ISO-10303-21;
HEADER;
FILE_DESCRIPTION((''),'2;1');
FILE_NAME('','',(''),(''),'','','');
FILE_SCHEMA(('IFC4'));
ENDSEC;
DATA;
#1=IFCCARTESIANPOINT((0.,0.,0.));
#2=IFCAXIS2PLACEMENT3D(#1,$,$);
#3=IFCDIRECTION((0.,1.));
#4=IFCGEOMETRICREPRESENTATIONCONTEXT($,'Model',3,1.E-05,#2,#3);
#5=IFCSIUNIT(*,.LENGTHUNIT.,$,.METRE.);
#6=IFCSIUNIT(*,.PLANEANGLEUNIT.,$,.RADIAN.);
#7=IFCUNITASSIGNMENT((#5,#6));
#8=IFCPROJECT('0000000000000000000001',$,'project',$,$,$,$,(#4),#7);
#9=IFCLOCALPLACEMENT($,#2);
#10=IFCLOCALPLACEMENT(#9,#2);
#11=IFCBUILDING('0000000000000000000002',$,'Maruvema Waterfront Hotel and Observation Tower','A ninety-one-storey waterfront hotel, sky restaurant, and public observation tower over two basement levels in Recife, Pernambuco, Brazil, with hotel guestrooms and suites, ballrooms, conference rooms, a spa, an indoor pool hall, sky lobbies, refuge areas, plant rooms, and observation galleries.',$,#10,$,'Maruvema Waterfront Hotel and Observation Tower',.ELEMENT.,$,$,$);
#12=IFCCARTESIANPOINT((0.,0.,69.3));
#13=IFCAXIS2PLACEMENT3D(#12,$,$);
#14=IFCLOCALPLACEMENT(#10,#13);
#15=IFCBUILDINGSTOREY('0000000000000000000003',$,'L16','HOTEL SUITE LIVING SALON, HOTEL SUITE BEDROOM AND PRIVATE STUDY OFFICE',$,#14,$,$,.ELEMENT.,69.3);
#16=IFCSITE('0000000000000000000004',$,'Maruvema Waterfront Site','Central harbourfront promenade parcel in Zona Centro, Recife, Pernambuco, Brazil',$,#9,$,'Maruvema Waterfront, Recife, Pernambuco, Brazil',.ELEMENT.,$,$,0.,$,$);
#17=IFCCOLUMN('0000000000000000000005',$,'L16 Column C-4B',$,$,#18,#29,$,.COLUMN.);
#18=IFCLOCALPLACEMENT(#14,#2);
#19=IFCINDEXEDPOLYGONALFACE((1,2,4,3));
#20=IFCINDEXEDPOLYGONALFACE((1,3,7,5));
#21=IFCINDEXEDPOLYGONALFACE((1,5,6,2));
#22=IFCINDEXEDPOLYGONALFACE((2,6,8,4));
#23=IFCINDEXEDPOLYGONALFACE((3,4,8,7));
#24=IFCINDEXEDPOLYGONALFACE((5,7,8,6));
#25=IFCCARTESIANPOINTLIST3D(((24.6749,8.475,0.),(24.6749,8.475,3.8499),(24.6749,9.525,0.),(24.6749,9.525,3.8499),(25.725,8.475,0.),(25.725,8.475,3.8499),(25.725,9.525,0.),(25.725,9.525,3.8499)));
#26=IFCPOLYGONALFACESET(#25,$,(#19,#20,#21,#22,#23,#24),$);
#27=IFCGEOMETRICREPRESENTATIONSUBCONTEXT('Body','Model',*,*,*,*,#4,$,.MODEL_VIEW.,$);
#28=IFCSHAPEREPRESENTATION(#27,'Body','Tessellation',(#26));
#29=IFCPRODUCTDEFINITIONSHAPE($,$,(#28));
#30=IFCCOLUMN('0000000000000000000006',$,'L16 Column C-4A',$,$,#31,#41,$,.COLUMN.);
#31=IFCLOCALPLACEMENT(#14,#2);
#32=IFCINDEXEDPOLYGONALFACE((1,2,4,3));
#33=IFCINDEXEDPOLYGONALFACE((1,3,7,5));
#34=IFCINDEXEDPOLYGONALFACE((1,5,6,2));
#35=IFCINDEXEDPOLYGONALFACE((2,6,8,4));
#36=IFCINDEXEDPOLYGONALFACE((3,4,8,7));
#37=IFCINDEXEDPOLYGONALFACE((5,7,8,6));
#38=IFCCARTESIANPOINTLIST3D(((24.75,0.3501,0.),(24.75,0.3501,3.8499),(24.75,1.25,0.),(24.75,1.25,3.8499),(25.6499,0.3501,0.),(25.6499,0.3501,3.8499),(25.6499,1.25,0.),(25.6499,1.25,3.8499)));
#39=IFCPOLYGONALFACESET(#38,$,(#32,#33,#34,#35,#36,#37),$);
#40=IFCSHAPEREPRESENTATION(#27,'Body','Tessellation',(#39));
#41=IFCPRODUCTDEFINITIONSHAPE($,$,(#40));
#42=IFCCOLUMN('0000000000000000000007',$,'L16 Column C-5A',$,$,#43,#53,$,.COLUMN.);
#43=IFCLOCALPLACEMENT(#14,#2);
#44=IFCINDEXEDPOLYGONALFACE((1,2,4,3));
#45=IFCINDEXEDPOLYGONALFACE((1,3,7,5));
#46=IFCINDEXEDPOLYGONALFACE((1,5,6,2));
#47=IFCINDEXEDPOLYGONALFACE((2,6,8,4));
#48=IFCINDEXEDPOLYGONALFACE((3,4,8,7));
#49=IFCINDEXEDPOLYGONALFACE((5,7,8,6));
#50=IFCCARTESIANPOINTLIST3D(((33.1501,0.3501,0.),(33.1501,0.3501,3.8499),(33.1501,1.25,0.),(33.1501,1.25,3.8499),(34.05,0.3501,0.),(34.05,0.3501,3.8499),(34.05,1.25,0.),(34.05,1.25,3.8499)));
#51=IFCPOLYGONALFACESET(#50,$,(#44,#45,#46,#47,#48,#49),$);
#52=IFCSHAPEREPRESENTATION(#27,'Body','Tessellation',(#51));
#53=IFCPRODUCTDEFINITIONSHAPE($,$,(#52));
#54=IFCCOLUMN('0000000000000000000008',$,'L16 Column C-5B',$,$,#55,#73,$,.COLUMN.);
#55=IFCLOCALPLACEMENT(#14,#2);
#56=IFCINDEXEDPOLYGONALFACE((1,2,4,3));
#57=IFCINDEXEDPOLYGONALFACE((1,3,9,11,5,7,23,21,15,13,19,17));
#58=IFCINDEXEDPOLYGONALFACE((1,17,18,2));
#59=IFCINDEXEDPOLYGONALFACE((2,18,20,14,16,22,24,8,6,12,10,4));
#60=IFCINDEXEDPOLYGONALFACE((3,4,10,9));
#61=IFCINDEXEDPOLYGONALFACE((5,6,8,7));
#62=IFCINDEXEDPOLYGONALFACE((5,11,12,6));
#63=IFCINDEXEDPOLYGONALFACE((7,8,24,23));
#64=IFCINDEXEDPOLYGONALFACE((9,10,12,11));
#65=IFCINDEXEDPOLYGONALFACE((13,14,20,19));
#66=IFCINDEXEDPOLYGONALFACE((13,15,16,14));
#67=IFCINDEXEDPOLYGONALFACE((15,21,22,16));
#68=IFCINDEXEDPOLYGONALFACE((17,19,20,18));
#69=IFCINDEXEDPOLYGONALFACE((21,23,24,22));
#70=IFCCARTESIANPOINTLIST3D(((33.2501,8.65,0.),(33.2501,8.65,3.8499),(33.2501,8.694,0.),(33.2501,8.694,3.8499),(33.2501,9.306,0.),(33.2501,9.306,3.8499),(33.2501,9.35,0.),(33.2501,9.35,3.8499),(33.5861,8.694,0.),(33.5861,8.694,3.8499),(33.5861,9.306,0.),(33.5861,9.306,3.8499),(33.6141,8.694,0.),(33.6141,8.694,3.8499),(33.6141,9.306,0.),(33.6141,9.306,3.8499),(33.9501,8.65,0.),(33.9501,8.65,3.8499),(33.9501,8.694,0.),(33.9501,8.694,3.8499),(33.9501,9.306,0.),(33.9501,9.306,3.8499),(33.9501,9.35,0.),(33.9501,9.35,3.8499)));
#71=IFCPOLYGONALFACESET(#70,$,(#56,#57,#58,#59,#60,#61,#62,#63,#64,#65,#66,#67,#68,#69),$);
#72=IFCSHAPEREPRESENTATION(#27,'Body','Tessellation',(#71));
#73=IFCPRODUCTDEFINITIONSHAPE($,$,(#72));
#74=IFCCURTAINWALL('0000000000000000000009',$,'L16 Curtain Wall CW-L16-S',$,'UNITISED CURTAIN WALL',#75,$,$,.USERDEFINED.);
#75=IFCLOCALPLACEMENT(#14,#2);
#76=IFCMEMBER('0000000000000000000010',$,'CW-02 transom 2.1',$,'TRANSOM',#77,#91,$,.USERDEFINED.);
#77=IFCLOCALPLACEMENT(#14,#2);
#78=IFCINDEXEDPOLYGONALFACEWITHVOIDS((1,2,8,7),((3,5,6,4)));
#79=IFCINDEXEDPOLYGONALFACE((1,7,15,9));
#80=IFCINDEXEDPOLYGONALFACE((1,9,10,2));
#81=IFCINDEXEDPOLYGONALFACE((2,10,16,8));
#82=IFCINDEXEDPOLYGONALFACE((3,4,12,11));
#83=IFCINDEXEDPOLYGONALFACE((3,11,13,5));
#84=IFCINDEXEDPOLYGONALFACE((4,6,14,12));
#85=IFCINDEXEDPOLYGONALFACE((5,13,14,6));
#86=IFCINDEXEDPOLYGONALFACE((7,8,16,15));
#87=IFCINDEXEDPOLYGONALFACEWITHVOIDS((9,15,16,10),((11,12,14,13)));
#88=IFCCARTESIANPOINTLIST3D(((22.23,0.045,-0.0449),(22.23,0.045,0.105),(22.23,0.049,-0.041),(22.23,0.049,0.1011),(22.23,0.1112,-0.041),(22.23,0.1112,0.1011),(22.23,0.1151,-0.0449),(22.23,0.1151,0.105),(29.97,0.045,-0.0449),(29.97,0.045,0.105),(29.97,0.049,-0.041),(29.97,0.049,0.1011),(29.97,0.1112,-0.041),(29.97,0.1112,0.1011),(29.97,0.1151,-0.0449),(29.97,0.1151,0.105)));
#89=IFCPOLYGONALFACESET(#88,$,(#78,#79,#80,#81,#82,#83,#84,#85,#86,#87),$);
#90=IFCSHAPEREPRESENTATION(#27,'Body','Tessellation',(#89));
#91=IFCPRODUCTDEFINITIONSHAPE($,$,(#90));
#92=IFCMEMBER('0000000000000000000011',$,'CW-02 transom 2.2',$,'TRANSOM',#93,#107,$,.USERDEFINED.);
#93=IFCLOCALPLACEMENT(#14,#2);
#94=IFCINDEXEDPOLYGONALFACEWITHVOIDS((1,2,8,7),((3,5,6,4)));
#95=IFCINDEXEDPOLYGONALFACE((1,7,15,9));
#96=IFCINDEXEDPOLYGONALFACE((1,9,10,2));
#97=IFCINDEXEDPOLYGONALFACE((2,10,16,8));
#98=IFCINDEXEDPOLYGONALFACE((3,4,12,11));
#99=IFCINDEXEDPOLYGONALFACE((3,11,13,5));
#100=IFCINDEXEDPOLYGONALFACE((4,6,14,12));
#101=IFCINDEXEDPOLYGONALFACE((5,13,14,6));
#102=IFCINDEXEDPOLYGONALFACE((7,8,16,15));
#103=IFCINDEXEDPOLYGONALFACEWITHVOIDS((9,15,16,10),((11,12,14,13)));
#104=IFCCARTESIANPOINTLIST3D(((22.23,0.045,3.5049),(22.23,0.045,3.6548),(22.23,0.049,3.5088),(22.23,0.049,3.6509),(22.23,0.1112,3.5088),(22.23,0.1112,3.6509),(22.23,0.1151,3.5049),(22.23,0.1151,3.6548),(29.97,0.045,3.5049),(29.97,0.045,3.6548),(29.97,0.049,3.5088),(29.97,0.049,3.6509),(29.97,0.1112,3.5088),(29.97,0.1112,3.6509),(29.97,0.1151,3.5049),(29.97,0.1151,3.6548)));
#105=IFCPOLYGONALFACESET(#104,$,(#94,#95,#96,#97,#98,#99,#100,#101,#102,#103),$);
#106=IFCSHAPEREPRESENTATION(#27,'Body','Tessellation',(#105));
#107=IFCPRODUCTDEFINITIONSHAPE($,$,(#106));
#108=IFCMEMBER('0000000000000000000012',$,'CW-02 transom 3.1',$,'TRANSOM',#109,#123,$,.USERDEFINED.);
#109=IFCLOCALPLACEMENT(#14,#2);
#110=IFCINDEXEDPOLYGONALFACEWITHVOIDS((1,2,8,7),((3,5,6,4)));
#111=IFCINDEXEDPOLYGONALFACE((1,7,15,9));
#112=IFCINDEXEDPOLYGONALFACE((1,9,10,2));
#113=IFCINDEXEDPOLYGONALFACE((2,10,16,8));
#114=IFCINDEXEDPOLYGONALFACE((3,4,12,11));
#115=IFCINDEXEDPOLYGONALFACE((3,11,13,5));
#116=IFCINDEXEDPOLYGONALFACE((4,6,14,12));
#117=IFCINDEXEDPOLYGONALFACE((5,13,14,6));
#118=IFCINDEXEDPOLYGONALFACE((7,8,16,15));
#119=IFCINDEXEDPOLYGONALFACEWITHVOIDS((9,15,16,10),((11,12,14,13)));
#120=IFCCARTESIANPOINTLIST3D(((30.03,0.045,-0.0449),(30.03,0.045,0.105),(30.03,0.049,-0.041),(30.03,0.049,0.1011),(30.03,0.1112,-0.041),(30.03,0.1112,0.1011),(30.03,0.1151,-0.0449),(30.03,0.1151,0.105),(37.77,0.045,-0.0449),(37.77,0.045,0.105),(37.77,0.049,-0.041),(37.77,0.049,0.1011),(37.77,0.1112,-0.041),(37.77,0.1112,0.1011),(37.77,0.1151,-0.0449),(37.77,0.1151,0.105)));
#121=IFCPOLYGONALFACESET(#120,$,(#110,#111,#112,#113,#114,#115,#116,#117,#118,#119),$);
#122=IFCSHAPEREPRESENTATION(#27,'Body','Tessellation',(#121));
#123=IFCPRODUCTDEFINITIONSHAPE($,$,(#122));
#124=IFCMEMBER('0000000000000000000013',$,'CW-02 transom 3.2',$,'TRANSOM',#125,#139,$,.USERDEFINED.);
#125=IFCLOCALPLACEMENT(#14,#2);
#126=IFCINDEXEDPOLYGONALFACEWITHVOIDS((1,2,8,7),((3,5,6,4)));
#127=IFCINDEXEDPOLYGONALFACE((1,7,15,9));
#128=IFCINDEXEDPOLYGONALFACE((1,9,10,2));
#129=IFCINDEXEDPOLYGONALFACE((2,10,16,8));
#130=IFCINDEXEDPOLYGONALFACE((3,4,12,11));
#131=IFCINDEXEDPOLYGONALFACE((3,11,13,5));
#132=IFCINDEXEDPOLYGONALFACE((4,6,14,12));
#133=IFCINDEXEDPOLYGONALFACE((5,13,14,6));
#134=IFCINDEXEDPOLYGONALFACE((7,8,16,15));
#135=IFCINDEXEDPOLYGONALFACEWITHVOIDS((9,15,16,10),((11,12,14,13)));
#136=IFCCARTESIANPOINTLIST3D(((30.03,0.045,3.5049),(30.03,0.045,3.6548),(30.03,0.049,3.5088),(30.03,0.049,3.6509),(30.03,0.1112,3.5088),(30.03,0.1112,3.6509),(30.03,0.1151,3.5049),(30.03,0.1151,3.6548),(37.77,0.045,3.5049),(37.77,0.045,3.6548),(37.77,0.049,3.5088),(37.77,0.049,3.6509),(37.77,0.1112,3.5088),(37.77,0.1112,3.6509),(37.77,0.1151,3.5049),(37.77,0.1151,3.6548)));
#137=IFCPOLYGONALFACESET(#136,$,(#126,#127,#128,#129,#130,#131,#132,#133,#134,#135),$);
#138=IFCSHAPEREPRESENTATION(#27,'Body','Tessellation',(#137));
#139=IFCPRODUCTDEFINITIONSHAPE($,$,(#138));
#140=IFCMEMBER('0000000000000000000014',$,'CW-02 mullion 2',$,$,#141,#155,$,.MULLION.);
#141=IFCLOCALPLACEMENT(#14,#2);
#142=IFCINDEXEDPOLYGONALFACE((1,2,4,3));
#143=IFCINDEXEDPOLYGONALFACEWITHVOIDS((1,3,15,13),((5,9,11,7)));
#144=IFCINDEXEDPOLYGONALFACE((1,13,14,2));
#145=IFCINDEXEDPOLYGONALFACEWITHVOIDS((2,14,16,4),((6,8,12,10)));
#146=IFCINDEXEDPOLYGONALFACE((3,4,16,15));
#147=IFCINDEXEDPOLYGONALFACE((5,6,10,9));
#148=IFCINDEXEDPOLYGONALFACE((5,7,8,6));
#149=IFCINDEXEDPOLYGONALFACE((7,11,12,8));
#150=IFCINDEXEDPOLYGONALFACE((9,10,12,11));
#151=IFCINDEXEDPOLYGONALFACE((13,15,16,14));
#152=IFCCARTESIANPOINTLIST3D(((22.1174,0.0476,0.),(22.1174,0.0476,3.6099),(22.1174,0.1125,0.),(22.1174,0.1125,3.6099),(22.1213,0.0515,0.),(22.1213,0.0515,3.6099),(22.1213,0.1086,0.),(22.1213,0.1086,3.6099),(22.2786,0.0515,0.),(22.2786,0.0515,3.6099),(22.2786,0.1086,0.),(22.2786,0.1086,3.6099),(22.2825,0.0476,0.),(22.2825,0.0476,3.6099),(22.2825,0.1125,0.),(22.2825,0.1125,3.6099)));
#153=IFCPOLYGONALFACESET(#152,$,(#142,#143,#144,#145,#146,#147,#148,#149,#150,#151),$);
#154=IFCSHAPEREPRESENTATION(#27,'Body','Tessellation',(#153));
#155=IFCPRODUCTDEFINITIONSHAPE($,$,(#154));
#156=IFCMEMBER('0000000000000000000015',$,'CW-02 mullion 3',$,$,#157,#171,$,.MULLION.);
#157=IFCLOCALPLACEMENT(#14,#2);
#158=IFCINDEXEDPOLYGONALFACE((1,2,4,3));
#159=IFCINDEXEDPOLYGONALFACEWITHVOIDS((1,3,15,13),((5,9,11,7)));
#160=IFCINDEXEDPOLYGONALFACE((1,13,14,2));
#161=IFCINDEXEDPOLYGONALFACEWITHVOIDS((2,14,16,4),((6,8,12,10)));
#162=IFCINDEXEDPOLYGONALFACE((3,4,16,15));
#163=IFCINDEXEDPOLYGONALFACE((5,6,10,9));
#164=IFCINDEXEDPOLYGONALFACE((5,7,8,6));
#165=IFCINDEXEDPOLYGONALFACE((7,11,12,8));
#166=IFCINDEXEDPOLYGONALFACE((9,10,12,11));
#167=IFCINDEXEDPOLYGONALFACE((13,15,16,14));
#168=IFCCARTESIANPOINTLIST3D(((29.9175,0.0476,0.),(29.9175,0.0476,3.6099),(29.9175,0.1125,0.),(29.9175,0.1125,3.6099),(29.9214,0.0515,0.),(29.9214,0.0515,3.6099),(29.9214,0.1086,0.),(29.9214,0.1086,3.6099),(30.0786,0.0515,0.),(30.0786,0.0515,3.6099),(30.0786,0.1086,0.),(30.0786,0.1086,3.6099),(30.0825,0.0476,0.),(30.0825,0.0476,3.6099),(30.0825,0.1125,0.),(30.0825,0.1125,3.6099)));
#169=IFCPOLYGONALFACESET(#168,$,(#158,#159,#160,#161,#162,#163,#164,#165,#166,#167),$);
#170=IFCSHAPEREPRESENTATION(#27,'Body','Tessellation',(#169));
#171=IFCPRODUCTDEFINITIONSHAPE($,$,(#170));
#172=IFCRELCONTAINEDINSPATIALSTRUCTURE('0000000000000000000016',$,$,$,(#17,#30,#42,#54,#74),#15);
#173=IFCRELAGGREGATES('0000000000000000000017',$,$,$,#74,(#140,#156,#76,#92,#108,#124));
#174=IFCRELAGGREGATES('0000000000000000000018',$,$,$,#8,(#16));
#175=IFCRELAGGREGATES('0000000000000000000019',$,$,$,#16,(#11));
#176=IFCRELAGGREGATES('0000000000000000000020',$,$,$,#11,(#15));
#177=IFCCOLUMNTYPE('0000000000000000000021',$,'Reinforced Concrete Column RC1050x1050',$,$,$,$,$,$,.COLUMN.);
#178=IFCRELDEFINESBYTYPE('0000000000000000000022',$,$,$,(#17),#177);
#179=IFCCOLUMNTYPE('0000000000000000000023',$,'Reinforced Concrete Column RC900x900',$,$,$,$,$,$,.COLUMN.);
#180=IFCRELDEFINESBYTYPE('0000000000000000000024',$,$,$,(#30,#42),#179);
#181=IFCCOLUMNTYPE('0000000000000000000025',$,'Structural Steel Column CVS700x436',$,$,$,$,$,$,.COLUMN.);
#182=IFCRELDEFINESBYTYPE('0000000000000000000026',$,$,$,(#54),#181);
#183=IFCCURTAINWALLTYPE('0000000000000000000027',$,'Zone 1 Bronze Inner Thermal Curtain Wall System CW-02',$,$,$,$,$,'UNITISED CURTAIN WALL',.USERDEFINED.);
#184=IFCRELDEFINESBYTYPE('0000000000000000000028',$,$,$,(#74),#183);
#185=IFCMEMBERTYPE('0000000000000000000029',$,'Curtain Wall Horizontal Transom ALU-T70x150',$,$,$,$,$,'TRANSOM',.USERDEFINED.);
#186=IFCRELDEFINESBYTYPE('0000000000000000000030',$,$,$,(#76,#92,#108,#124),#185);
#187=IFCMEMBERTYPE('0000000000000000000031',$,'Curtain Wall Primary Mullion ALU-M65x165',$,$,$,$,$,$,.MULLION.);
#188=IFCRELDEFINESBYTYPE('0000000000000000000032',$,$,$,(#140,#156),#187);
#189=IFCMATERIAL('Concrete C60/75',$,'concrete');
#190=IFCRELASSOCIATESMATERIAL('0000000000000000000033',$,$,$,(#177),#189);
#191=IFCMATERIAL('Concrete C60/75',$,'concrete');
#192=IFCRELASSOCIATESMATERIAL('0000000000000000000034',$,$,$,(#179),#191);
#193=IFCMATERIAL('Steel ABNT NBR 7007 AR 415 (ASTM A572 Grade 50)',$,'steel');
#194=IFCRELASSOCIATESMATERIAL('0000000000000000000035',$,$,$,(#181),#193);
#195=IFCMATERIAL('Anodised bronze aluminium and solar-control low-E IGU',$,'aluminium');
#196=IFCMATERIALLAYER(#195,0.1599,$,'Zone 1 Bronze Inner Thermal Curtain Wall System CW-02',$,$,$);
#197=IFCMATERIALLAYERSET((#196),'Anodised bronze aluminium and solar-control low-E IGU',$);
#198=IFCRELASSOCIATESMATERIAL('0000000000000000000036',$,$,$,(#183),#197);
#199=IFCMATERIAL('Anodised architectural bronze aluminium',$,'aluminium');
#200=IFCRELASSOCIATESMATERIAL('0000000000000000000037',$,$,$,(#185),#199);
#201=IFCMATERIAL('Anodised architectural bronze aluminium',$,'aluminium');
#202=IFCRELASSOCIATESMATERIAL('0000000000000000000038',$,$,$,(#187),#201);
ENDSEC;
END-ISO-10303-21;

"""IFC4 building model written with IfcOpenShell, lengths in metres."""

from ifc_helpers import new_model, si_unit, direction, frame, origin, origin_2d, place, context, subcontext, project, spatial, rectangle, hollow_rectangle, i_section, extrude, material, layer, layer_set, material_profile, profile_set, type_object, element, aggregate, save


model = new_model("IFC4")

# Units and contexts
model_context = context("Model", 3, precision=1e-05, world=origin(), true_north=direction((0.0, 1.0)))
body_context = subcontext(model_context, "Body", "Model", "MODEL_VIEW")
ifc_project = project(units=[si_unit("LENGTHUNIT", "METRE"), si_unit("PLANEANGLEUNIT", "RADIAN")], contexts=[model_context])

# Site, building, storey
site_placement = place(None, origin())
site = spatial("IfcSite", under=ifc_project, at=site_placement, Name="Maruvema Waterfront Site", Description="Central harbourfront promenade parcel in Zona Centro, Recife, Pernambuco, Brazil", LongName="Maruvema Waterfront, Recife, Pernambuco, Brazil", CompositionType="ELEMENT", RefElevation=0.0)
building_placement = place(site_placement, origin())
building = spatial("IfcBuilding", under=site, at=building_placement, Name="Maruvema Waterfront Hotel and Observation Tower", Description="A ninety-one-storey waterfront hotel, sky restaurant, and public observation tower over two basement levels in Recife, Pernambuco, Brazil, with hotel guestrooms and suites, ballrooms, conference rooms, a spa, an indoor pool hall, sky lobbies, refuge areas, plant rooms, and observation galleries.", LongName="Maruvema Waterfront Hotel and Observation Tower", CompositionType="ELEMENT")
storey_placement = place(building_placement, frame((0.0, 0.0, 69.3)))
storey = spatial("IfcBuildingStorey", under=building, at=storey_placement, Name="L16", Description="HOTEL SUITE LIVING SALON, HOTEL SUITE BEDROOM AND PRIVATE STUDY OFFICE", CompositionType="ELEMENT", Elevation=69.3)

# Columns
ifc_material_1 = material(Name="Concrete C60/75", Category="concrete")
ifc_material_profile_1 = material_profile(ifc_material_1, rectangle(XDim=1.05, YDim=1.05, at=origin_2d()), Name="RC1050x1050")
ifc_profile_set_1 = profile_set([ifc_material_profile_1], Name="Concrete C60/75")
column_type_1 = type_object("IfcColumnType", Name="Reinforced Concrete Column RC1050x1050", PredefinedType="COLUMN", material=ifc_profile_set_1)
column_1_placement = place(storey_placement, frame((25.2, 9.0, 0.0), z_axis=(0.0, 0.0, 1.0), x_axis=(1.0, 0.0, 0.0)))
element("IfcColumn", 1, at=column_1_placement, inside=storey, type_object=column_type_1, Name="L16 Column C-4B", PredefinedType="COLUMN", context=body_context, shape_type="SweptSolid", body=[
    extrude(rectangle(XDim=1.05, YDim=1.05, at=origin_2d()), origin(), (0.0, 0.0, 1.0), 3.8499),
])
ifc_material_2 = material(Name="Concrete C60/75", Category="concrete")
ifc_material_profile_2 = material_profile(ifc_material_2, rectangle(XDim=0.8999, YDim=0.8999, at=origin_2d()), Name="RC900x900")
ifc_profile_set_2 = profile_set([ifc_material_profile_2], Name="Concrete C60/75")
column_type_2 = type_object("IfcColumnType", Name="Reinforced Concrete Column RC900x900", PredefinedType="COLUMN", material=ifc_profile_set_2)
for number, where, z_axis, x_axis, name in (
    (2, (25.2, 0.8, 0.0), (0.0, 0.0, 1.0), (1.0, 0.0, 0.0), "L16 Column C-4A"),
    (3, (33.6001, 0.8, 0.0), (0.0, 0.0, 1.0), (1.0, 0.0, 0.0), "L16 Column C-5A"),
):
    element("IfcColumn", number, at=place(storey_placement, frame(where, z_axis=z_axis, x_axis=x_axis)), inside=storey, type_object=column_type_2, Name=name, PredefinedType="COLUMN", context=body_context, shape_type="SweptSolid", body=[
        extrude(rectangle(XDim=0.8999, YDim=0.8999, at=origin_2d()), origin(), (0.0, 0.0, 1.0), 3.8499),
    ])
ifc_material_3 = material(Name="Steel ABNT NBR 7007 AR 415 (ASTM A572 Grade 50)", Category="steel")
ifc_material_profile_3 = material_profile(ifc_material_3, i_section(OverallWidth=0.7, OverallDepth=0.7, WebThickness=0.0281, FlangeThickness=0.0439, at=origin_2d()), Name="CVS700x436")
ifc_profile_set_3 = profile_set([ifc_material_profile_3], Name="Steel ABNT NBR 7007 AR 415 (ASTM A572 Grade 50)")
column_type_3 = type_object("IfcColumnType", Name="Structural Steel Column CVS700x436", PredefinedType="COLUMN", material=ifc_profile_set_3)
column_2_placement = place(storey_placement, frame((33.6001, 9.0, 0.0), z_axis=(0.0, 0.0, 1.0), x_axis=(1.0, 0.0, 0.0)))
element("IfcColumn", 4, at=column_2_placement, inside=storey, type_object=column_type_3, Name="L16 Column C-5B", PredefinedType="COLUMN", context=body_context, shape_type="SweptSolid", body=[
    extrude(i_section(OverallWidth=0.7, OverallDepth=0.7, WebThickness=0.0281, FlangeThickness=0.0439, at=origin_2d()), origin(), (0.0, 0.0, 1.0), 3.8499),
])

# Curtain wall, members
ifc_material_4 = material(Name="Anodised bronze aluminium and solar-control low-E IGU", Category="aluminium")
ifc_layer_1 = layer(ifc_material_4, 0.1599, Name="Zone 1 Bronze Inner Thermal Curtain Wall System CW-02")
ifc_layer_set_1 = layer_set([ifc_layer_1], Name="Anodised bronze aluminium and solar-control low-E IGU")
curtain_wall_type = type_object("IfcCurtainWallType", Name="Zone 1 Bronze Inner Thermal Curtain Wall System CW-02", ElementType="UNITISED CURTAIN WALL", PredefinedType="USERDEFINED", material=ifc_layer_set_1)
curtain_wall_placement = place(storey_placement, origin())
curtain_wall = element("IfcCurtainWall", 5, at=curtain_wall_placement, inside=storey, type_object=curtain_wall_type, Name="L16 Curtain Wall CW-L16-S", ObjectType="UNITISED CURTAIN WALL", PredefinedType="USERDEFINED")
ifc_material_5 = material(Name="Anodised architectural bronze aluminium", Category="aluminium")
ifc_material_profile_4 = material_profile(ifc_material_5, hollow_rectangle(XDim=0.0701, YDim=0.1499, WallThickness=0.0039, at=origin_2d()), Name="ALU-T70x150")
ifc_profile_set_4 = profile_set([ifc_material_profile_4], Name="Anodised architectural bronze aluminium")
member_type_1 = type_object("IfcMemberType", Name="Curtain Wall Horizontal Transom ALU-T70x150", ElementType="TRANSOM", PredefinedType="USERDEFINED", material=ifc_profile_set_4)
member_1_placement = place(storey_placement, frame((22.23, 0.0801, 0.03), z_axis=(1.0, 0.0, 0.0), x_axis=(0.0, 1.0, 0.0)))
member_1 = element("IfcMember", 6, at=member_1_placement, type_object=member_type_1, Name="CW-02 transom 2.1", ObjectType="TRANSOM", PredefinedType="USERDEFINED", context=body_context, shape_type="SweptSolid", body=[
    extrude(hollow_rectangle(XDim=0.0701, YDim=0.1499, WallThickness=0.0039, at=origin_2d()), origin(), (0.0, 0.0, 1.0), 7.74),
])
member_2_placement = place(storey_placement, frame((22.23, 0.0801, 3.5798), z_axis=(1.0, 0.0, 0.0), x_axis=(0.0, 1.0, 0.0)))
member_2 = element("IfcMember", 7, at=member_2_placement, type_object=member_type_1, Name="CW-02 transom 2.2", ObjectType="TRANSOM", PredefinedType="USERDEFINED", context=body_context, shape_type="SweptSolid", body=[
    extrude(hollow_rectangle(XDim=0.0701, YDim=0.1499, WallThickness=0.0039, at=origin_2d()), origin(), (0.0, 0.0, 1.0), 7.74),
])
member_3_placement = place(storey_placement, frame((30.03, 0.0801, 0.03), z_axis=(1.0, 0.0, 0.0), x_axis=(0.0, 1.0, 0.0)))
member_3 = element("IfcMember", 8, at=member_3_placement, type_object=member_type_1, Name="CW-02 transom 3.1", ObjectType="TRANSOM", PredefinedType="USERDEFINED", context=body_context, shape_type="SweptSolid", body=[
    extrude(hollow_rectangle(XDim=0.0701, YDim=0.1499, WallThickness=0.0039, at=origin_2d()), origin(), (0.0, 0.0, 1.0), 7.74),
])
member_4_placement = place(storey_placement, frame((30.03, 0.0801, 3.5798), z_axis=(1.0, 0.0, 0.0), x_axis=(0.0, 1.0, 0.0)))
member_4 = element("IfcMember", 9, at=member_4_placement, type_object=member_type_1, Name="CW-02 transom 3.2", ObjectType="TRANSOM", PredefinedType="USERDEFINED", context=body_context, shape_type="SweptSolid", body=[
    extrude(hollow_rectangle(XDim=0.0701, YDim=0.1499, WallThickness=0.0039, at=origin_2d()), origin(), (0.0, 0.0, 1.0), 7.74),
])
ifc_material_6 = material(Name="Anodised architectural bronze aluminium", Category="aluminium")
ifc_material_profile_5 = material_profile(ifc_material_6, hollow_rectangle(XDim=0.0649, YDim=0.165, WallThickness=0.0039, at=origin_2d()), Name="ALU-M65x165")
ifc_profile_set_5 = profile_set([ifc_material_profile_5], Name="Anodised architectural bronze aluminium")
member_type_2 = type_object("IfcMemberType", Name="Curtain Wall Primary Mullion ALU-M65x165", PredefinedType="MULLION", material=ifc_profile_set_5)
member_5_placement = place(storey_placement, frame((22.2, 0.0801, 0.0), z_axis=(0.0, 0.0, 1.0), x_axis=(0.0, 1.0, 0.0)))
member_5 = element("IfcMember", 10, at=member_5_placement, type_object=member_type_2, Name="CW-02 mullion 2", PredefinedType="MULLION", context=body_context, shape_type="SweptSolid", body=[
    extrude(hollow_rectangle(XDim=0.0649, YDim=0.165, WallThickness=0.0039, at=origin_2d()), origin(), (0.0, 0.0, 1.0), 3.6099),
])
member_6_placement = place(storey_placement, frame((30.0, 0.0801, 0.0), z_axis=(0.0, 0.0, 1.0), x_axis=(0.0, 1.0, 0.0)))
member_6 = element("IfcMember", 11, at=member_6_placement, type_object=member_type_2, Name="CW-02 mullion 3", PredefinedType="MULLION", context=body_context, shape_type="SweptSolid", body=[
    extrude(hollow_rectangle(XDim=0.0649, YDim=0.165, WallThickness=0.0039, at=origin_2d()), origin(), (0.0, 0.0, 1.0), 3.6099),
])

aggregate(curtain_wall, [member_5, member_6, member_1, member_2, member_3, member_4])

save(model, "model.ifc")
